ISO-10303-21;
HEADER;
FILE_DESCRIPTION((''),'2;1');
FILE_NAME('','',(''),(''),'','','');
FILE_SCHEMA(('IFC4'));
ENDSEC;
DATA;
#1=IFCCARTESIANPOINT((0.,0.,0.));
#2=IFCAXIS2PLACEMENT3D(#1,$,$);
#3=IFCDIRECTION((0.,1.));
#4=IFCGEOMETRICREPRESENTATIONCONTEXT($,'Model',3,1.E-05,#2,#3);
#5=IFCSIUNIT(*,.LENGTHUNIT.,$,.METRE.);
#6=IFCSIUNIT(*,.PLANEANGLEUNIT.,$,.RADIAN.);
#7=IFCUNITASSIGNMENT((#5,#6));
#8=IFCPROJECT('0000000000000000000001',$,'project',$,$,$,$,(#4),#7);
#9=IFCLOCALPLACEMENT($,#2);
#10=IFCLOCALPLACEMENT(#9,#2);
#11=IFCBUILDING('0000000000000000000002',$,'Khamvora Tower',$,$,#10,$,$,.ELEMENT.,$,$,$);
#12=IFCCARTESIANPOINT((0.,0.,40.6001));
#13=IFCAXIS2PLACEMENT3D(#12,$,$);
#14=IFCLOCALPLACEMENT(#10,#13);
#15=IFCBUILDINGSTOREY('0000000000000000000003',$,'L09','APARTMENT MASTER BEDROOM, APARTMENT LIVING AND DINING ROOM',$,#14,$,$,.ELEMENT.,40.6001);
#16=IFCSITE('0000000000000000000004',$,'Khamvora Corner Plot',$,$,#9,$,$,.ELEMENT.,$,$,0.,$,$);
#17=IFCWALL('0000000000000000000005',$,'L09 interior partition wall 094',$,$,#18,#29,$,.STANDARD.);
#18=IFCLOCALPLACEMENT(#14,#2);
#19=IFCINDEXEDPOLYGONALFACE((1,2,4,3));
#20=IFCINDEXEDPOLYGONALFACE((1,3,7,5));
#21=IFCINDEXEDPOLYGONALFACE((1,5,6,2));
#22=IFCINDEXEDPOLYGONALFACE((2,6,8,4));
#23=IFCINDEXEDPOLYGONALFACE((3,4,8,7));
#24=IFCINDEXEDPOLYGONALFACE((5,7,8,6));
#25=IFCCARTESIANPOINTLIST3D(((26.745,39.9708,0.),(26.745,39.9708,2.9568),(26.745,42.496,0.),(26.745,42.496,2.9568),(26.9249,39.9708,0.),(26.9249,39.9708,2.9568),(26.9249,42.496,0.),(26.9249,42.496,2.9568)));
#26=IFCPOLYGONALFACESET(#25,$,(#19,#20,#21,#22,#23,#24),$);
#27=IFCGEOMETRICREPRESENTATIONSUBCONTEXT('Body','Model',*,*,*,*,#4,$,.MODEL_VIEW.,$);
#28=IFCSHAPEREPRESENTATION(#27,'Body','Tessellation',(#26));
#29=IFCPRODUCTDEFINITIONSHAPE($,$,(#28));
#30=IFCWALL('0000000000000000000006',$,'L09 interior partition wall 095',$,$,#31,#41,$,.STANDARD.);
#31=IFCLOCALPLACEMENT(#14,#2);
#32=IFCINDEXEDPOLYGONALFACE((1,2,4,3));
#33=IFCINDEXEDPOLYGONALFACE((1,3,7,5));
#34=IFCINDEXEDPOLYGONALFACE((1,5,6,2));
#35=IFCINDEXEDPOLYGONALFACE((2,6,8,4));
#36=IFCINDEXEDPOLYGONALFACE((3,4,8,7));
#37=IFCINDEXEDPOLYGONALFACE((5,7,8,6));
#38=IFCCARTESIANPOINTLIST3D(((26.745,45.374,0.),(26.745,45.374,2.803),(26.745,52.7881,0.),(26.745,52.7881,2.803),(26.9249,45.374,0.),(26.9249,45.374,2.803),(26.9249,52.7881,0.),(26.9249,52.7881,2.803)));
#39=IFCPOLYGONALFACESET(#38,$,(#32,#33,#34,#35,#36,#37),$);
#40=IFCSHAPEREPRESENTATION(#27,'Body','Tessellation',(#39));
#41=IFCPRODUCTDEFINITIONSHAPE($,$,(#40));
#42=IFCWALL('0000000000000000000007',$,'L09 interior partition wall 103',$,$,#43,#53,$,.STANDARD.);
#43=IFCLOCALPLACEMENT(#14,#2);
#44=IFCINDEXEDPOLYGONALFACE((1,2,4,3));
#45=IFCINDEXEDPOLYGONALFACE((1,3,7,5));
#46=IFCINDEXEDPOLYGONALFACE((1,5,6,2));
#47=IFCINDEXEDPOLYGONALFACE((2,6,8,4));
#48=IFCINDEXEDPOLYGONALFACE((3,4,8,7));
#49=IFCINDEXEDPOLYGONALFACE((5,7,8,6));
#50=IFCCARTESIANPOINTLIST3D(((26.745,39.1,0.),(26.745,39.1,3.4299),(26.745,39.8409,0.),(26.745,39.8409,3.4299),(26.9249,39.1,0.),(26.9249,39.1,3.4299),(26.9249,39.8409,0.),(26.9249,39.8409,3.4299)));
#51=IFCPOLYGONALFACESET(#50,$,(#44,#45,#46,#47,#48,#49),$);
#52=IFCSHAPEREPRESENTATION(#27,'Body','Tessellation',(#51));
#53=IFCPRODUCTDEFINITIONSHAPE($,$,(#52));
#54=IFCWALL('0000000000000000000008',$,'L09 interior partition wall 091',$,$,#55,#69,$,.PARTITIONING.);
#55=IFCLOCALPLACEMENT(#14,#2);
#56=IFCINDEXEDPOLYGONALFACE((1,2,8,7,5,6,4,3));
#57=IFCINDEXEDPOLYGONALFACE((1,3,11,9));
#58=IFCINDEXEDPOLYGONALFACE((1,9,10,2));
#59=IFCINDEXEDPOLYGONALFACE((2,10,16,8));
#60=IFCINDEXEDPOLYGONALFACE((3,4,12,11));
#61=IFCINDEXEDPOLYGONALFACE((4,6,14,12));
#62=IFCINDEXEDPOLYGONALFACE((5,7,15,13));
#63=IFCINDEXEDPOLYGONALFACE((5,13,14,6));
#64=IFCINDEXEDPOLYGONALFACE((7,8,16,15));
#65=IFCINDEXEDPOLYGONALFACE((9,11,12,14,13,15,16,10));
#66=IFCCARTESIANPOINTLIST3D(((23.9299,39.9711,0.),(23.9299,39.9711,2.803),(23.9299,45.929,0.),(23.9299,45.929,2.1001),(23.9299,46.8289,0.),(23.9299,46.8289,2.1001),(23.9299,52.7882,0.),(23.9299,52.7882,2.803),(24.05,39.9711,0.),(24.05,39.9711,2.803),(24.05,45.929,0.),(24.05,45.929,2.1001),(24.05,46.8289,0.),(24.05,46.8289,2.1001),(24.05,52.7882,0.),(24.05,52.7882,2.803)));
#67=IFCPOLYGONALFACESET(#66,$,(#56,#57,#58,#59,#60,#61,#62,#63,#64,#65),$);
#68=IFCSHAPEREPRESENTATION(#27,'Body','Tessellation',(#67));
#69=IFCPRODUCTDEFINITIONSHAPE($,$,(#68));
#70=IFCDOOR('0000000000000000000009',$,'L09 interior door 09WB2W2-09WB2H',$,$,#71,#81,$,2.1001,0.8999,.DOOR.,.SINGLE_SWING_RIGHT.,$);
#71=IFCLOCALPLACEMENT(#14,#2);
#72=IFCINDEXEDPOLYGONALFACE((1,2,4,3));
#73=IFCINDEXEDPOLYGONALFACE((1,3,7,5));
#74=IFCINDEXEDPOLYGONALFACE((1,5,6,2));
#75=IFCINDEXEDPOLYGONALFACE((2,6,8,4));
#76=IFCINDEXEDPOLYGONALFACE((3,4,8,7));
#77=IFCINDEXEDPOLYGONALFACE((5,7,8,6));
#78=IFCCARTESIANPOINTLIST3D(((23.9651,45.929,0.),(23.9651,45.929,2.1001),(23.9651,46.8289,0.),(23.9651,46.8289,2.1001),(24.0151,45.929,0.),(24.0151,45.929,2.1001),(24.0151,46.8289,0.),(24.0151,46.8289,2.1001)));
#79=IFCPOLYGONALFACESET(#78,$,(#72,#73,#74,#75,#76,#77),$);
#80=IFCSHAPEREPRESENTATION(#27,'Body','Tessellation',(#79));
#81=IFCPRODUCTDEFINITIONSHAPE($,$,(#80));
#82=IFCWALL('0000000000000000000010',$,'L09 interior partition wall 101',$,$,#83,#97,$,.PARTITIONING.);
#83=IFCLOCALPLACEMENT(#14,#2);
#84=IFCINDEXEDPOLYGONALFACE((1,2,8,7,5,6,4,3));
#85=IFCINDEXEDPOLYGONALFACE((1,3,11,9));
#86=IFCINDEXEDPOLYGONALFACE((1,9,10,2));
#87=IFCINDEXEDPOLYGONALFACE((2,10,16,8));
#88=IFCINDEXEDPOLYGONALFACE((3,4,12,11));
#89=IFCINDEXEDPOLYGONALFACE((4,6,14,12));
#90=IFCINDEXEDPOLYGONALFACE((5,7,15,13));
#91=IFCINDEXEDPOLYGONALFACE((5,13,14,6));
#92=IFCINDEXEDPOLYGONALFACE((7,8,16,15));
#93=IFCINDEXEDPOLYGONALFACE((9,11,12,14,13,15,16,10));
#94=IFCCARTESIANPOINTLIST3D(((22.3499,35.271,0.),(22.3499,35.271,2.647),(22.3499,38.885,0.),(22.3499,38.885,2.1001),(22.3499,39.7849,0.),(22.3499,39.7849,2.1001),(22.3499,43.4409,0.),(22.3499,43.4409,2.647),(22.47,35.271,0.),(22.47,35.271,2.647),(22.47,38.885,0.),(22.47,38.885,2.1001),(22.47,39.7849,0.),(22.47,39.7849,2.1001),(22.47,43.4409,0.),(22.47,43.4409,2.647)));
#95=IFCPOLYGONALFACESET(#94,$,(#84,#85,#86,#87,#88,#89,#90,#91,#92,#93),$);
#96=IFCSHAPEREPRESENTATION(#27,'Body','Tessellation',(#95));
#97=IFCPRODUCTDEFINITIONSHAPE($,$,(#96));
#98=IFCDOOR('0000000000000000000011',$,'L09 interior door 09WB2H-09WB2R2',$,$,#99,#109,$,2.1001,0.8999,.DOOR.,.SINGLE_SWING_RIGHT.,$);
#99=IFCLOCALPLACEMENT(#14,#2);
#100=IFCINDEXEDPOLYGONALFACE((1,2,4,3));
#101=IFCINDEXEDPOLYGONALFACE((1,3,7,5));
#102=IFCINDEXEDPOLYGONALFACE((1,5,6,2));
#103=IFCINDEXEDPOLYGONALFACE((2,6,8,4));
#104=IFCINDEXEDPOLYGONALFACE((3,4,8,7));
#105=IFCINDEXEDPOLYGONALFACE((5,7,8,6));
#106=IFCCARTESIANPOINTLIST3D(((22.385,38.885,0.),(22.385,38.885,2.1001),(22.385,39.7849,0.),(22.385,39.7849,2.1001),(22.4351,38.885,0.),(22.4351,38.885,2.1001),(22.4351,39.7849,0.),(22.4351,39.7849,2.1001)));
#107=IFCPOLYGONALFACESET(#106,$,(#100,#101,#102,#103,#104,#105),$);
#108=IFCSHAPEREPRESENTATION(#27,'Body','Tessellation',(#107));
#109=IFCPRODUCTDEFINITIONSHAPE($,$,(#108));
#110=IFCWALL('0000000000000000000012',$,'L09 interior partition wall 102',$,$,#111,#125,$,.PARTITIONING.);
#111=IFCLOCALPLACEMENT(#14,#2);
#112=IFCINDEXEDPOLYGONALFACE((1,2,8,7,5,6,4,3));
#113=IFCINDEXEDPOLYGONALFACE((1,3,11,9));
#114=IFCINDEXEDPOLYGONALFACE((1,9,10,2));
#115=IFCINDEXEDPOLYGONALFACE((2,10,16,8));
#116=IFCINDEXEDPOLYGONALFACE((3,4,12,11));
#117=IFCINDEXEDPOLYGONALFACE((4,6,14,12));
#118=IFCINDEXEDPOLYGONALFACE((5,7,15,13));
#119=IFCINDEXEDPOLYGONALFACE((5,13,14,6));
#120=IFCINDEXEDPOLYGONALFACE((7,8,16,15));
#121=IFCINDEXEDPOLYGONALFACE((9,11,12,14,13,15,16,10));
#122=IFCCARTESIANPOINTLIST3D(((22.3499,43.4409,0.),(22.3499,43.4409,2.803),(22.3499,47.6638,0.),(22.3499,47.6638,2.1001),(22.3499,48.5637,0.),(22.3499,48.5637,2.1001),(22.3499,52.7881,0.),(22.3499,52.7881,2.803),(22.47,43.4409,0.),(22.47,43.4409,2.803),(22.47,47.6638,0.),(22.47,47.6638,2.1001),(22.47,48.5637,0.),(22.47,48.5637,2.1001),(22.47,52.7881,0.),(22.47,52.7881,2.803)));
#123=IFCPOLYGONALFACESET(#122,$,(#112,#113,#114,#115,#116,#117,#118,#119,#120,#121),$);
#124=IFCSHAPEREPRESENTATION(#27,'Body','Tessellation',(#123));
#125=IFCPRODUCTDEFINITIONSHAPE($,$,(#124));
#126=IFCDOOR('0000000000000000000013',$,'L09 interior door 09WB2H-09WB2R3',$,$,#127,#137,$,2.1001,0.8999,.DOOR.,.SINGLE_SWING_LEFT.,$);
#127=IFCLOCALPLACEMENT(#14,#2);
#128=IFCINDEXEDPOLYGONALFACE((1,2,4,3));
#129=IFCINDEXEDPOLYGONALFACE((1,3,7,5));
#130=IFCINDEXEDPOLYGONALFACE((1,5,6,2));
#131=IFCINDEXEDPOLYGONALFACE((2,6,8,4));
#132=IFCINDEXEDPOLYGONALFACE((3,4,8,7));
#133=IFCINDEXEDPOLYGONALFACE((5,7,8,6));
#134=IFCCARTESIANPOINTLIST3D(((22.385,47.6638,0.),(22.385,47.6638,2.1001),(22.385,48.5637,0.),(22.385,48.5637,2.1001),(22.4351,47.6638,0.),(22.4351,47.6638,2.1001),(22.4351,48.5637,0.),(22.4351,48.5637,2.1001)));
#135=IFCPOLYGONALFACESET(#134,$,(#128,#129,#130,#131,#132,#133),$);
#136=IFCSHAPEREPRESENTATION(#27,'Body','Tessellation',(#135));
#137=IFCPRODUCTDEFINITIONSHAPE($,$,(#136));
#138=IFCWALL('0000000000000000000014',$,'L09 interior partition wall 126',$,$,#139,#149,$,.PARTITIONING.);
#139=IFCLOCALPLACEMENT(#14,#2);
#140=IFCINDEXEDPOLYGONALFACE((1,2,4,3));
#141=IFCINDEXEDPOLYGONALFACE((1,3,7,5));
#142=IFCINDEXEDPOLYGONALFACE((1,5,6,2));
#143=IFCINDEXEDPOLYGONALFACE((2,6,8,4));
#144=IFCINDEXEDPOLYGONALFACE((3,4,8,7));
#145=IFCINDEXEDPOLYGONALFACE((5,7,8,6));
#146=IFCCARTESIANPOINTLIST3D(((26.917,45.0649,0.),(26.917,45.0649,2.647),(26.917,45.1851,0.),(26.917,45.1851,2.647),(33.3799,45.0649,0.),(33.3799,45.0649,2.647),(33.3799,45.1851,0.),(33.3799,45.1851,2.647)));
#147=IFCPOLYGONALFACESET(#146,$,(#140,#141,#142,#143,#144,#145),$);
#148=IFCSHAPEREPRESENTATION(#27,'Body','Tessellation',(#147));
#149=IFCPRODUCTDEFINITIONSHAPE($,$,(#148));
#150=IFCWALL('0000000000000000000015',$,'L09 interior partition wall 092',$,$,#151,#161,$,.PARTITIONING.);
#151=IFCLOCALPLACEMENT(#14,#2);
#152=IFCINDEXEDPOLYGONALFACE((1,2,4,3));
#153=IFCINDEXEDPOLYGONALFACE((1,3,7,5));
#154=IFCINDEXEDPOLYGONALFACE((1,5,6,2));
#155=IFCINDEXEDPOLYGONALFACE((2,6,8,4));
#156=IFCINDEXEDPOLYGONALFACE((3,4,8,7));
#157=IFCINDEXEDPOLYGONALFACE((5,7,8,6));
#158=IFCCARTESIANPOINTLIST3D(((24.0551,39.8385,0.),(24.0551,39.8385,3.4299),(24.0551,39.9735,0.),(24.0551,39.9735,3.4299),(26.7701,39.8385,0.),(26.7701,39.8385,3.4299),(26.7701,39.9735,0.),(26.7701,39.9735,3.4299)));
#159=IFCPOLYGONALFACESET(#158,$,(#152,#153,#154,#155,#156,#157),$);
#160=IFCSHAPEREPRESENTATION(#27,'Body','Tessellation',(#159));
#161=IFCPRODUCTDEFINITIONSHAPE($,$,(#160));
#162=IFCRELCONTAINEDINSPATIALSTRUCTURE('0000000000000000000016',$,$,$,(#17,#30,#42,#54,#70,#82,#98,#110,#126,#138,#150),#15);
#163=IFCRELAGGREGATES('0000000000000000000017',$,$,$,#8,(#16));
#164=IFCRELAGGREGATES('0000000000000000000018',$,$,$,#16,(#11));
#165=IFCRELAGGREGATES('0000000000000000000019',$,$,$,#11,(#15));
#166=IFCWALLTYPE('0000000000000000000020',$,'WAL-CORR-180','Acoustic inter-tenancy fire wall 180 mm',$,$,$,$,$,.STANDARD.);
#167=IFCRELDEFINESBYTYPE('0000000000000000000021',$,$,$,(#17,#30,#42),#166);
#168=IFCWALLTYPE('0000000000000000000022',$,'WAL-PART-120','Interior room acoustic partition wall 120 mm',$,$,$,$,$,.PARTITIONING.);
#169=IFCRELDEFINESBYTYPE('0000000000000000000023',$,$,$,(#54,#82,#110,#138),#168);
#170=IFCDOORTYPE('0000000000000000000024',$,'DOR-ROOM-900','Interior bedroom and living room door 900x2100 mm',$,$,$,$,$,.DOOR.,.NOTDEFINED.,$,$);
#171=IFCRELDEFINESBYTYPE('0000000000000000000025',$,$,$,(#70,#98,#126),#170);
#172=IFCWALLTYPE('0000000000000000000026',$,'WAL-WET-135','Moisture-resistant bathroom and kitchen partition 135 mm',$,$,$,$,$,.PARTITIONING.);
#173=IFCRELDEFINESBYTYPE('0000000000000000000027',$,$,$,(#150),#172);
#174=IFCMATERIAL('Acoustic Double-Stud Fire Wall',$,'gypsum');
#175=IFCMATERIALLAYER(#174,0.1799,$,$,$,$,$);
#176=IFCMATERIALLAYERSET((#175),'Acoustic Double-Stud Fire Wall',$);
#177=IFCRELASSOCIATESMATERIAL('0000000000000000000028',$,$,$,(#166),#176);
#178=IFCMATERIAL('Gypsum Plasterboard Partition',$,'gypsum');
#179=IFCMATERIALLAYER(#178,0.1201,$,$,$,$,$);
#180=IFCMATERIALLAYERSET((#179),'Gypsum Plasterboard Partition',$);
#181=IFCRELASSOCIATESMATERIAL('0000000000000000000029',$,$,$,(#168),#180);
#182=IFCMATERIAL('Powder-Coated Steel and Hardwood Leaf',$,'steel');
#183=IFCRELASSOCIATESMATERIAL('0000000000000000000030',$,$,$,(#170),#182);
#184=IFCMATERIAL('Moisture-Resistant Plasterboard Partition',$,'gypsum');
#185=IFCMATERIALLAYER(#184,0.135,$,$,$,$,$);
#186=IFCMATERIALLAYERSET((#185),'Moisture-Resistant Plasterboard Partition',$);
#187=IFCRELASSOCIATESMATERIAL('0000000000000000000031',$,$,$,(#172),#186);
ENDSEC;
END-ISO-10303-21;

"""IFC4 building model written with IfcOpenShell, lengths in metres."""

from ifc_helpers import new_model, si_unit, direction, frame, frame_2d, origin, place, context, subcontext, project, spatial, rectangle, extrude, material, layer, layer_set, type_object, element, fill, save


model = new_model("IFC4")

# Units and contexts
model_context = context("Model", 3, precision=1e-05, world=origin(), true_north=direction((0.0, 1.0)))
body_context = subcontext(model_context, "Body", "Model", "MODEL_VIEW")
ifc_project = project(units=[si_unit("LENGTHUNIT", "METRE"), si_unit("PLANEANGLEUNIT", "RADIAN")], contexts=[model_context])

# Site, building, storey
site_placement = place(None, origin())
site = spatial("IfcSite", under=ifc_project, at=site_placement, Name="Khamvora Corner Plot", CompositionType="ELEMENT", RefElevation=0.0)
building_placement = place(site_placement, origin())
building = spatial("IfcBuilding", under=site, at=building_placement, Name="Khamvora Tower", CompositionType="ELEMENT")
storey_placement = place(building_placement, frame((0.0, 0.0, 40.6001)))
storey = spatial("IfcBuildingStorey", under=building, at=storey_placement, Name="L09", Description="APARTMENT MASTER BEDROOM, APARTMENT LIVING AND DINING ROOM", CompositionType="ELEMENT", Elevation=40.6001)

# Shared definitions
ifc_material_1 = material(Name="Powder-Coated Steel and Hardwood Leaf", Category="steel")

# Walls
ifc_material_2 = material(Name="Acoustic Double-Stud Fire Wall", Category="gypsum")
ifc_layer_1 = layer(ifc_material_2, 0.1799)
ifc_layer_set_1 = layer_set([ifc_layer_1], Name="Acoustic Double-Stud Fire Wall")
wall_type_1 = type_object("IfcWallType", Name="WAL-CORR-180", Description="Acoustic inter-tenancy fire wall 180 mm", PredefinedType="STANDARD", material=ifc_layer_set_1)
wall_1_placement = place(storey_placement, frame((26.835, 42.4961, 0.0), z_axis=(0.0, 0.0, 1.0), x_axis=(0.0, -1.0, 0.0)))
element("IfcWall", 1, at=wall_1_placement, inside=storey, type_object=wall_type_1, Name="L09 interior partition wall 094", PredefinedType="STANDARD", context=body_context, shape_type="SweptSolid", body=[
    extrude(rectangle(XDim=2.5251, YDim=0.1799, at=frame_2d((1.2627, 0.0))), origin(), (0.0, 0.0, 1.0), 2.9568),
])
wall_2_placement = place(storey_placement, frame((26.835, 52.7881, 0.0), z_axis=(0.0, 0.0, 1.0), x_axis=(0.0, -1.0, 0.0)))
element("IfcWall", 2, at=wall_2_placement, inside=storey, type_object=wall_type_1, Name="L09 interior partition wall 095", PredefinedType="STANDARD", context=body_context, shape_type="SweptSolid", body=[
    extrude(rectangle(XDim=7.4141, YDim=0.1799, at=frame_2d((3.707, 0.0))), origin(), (0.0, 0.0, 1.0), 2.803),
])
wall_3_placement = place(storey_placement, frame((26.835, 39.8411, 0.0), z_axis=(0.0, 0.0, 1.0), x_axis=(0.0, -1.0, 0.0)))
element("IfcWall", 3, at=wall_3_placement, inside=storey, type_object=wall_type_1, Name="L09 interior partition wall 103", PredefinedType="STANDARD", context=body_context, shape_type="SweptSolid", body=[
    extrude(rectangle(XDim=0.741, YDim=0.1799, at=frame_2d((0.3706, 0.0))), origin(), (0.0, 0.0, 1.0), 3.4299),
])

# Walls, openings, doors
ifc_material_3 = material(Name="Gypsum Plasterboard Partition", Category="gypsum")
ifc_layer_2 = layer(ifc_material_3, 0.1201)
ifc_layer_set_2 = layer_set([ifc_layer_2], Name="Gypsum Plasterboard Partition")
wall_type_2 = type_object("IfcWallType", Name="WAL-PART-120", Description="Interior room acoustic partition wall 120 mm", PredefinedType="PARTITIONING", material=ifc_layer_set_2)
wall_4_placement = place(storey_placement, frame((23.99, 39.9709, 0.0), z_axis=(0.0, 0.0, 1.0), x_axis=(0.0, 1.0, 0.0)))
wall_4 = element("IfcWall", 4, at=wall_4_placement, inside=storey, type_object=wall_type_2, Name="L09 interior partition wall 091", PredefinedType="PARTITIONING", context=body_context, shape_type="SweptSolid", body=[
    extrude(rectangle(XDim=12.8171, YDim=0.1201, at=frame_2d((6.4087, 0.0))), origin(), (0.0, 0.0, 1.0), 2.803),
])
opening_1_placement = place(wall_4_placement, frame((5.958, 0.0, 0.0)))
opening_1 = element("IfcOpeningElement", 5, at=opening_1_placement, cuts=wall_4, PredefinedType="OPENING", context=body_context, shape_type="SweptSolid", body=[
    extrude(rectangle(XDim=0.8999, YDim=2.1001, at=frame_2d((0.45, 1.05))), frame((0.0, 0.0701, 0.0), z_axis=(0.0, -1.0, 0.0), x_axis=(1.0, 0.0, 0.0)), (0.0, 0.0, 1.0), 0.1401),
])
door_type_1 = type_object("IfcDoorType", Name="DOR-ROOM-900", Description="Interior bedroom and living room door 900x2100 mm", OperationType="NOTDEFINED", PredefinedType="DOOR", material=ifc_material_1)
door_1_placement = place(opening_1_placement, origin())
door_1 = element("IfcDoor", 6, at=door_1_placement, inside=storey, type_object=door_type_1, Name="L09 interior door 09WB2W2-09WB2H", OperationType="SINGLE_SWING_RIGHT", OverallHeight=2.1001, OverallWidth=0.8999, PredefinedType="DOOR", context=body_context, shape_type="SweptSolid", body=[
    extrude(rectangle(XDim=0.8999, YDim=2.1001, at=frame_2d((0.45, 1.05))), frame((0.0, 0.0249, 0.0), z_axis=(0.0, -1.0, 0.0), x_axis=(1.0, 0.0, 0.0)), (0.0, 0.0, 1.0), 0.05),
])
fill(opening_1, door_1)
wall_5_placement = place(storey_placement, frame((22.4099, 35.271, 0.0), z_axis=(0.0, 0.0, 1.0), x_axis=(0.0, 1.0, 0.0)))
wall_5 = element("IfcWall", 7, at=wall_5_placement, inside=storey, type_object=wall_type_2, Name="L09 interior partition wall 101", PredefinedType="PARTITIONING", context=body_context, shape_type="SweptSolid", body=[
    extrude(rectangle(XDim=8.1699, YDim=0.1201, at=frame_2d((4.085, 0.0))), origin(), (0.0, 0.0, 1.0), 2.647),
])
opening_2_placement = place(wall_5_placement, frame((3.614, 0.0, 0.0)))
opening_2 = element("IfcOpeningElement", 8, at=opening_2_placement, cuts=wall_5, PredefinedType="OPENING", context=body_context, shape_type="SweptSolid", body=[
    extrude(rectangle(XDim=0.8999, YDim=2.1001, at=frame_2d((0.45, 1.05))), frame((0.0, 0.0701, 0.0), z_axis=(0.0, -1.0, 0.0), x_axis=(1.0, 0.0, 0.0)), (0.0, 0.0, 1.0), 0.1401),
])
door_2_placement = place(opening_2_placement, origin())
door_2 = element("IfcDoor", 9, at=door_2_placement, inside=storey, type_object=door_type_1, Name="L09 interior door 09WB2H-09WB2R2", OperationType="SINGLE_SWING_RIGHT", OverallHeight=2.1001, OverallWidth=0.8999, PredefinedType="DOOR", context=body_context, shape_type="SweptSolid", body=[
    extrude(rectangle(XDim=0.8999, YDim=2.1001, at=frame_2d((0.45, 1.05))), frame((0.0, 0.0249, 0.0), z_axis=(0.0, -1.0, 0.0), x_axis=(1.0, 0.0, 0.0)), (0.0, 0.0, 1.0), 0.05),
])
fill(opening_2, door_2)
wall_6_placement = place(storey_placement, frame((22.4099, 43.4409, 0.0), z_axis=(0.0, 0.0, 1.0), x_axis=(0.0, 1.0, 0.0)))
wall_6 = element("IfcWall", 10, at=wall_6_placement, inside=storey, type_object=wall_type_2, Name="L09 interior partition wall 102", PredefinedType="PARTITIONING", context=body_context, shape_type="SweptSolid", body=[
    extrude(rectangle(XDim=9.3472, YDim=0.1201, at=frame_2d((4.6736, 0.0))), origin(), (0.0, 0.0, 1.0), 2.803),
])
opening_3_placement = place(wall_6_placement, frame((4.2229, 0.0, 0.0)))
opening_3 = element("IfcOpeningElement", 11, at=opening_3_placement, cuts=wall_6, PredefinedType="OPENING", context=body_context, shape_type="SweptSolid", body=[
    extrude(rectangle(XDim=0.8999, YDim=2.1001, at=frame_2d((0.45, 1.05))), frame((0.0, 0.0701, 0.0), z_axis=(0.0, -1.0, 0.0), x_axis=(1.0, 0.0, 0.0)), (0.0, 0.0, 1.0), 0.1401),
])
door_3_placement = place(opening_3_placement, origin())
door_3 = element("IfcDoor", 12, at=door_3_placement, inside=storey, type_object=door_type_1, Name="L09 interior door 09WB2H-09WB2R3", OperationType="SINGLE_SWING_LEFT", OverallHeight=2.1001, OverallWidth=0.8999, PredefinedType="DOOR", context=body_context, shape_type="SweptSolid", body=[
    extrude(rectangle(XDim=0.8999, YDim=2.1001, at=frame_2d((0.45, 1.05))), frame((0.0, 0.0249, 0.0), z_axis=(0.0, -1.0, 0.0), x_axis=(1.0, 0.0, 0.0)), (0.0, 0.0, 1.0), 0.05),
])
fill(opening_3, door_3)

# Walls
wall_7_placement = place(storey_placement, frame((26.917, 45.125, 0.0), z_axis=(0.0, 0.0, 1.0), x_axis=(1.0, 0.0, 0.0)))
element("IfcWall", 13, at=wall_7_placement, inside=storey, type_object=wall_type_2, Name="L09 interior partition wall 126", PredefinedType="PARTITIONING", context=body_context, shape_type="SweptSolid", body=[
    extrude(rectangle(XDim=6.4629, YDim=0.1201, at=frame_2d((3.2314, 0.0))), origin(), (0.0, 0.0, 1.0), 2.647),
])
ifc_material_4 = material(Name="Moisture-Resistant Plasterboard Partition", Category="gypsum")
ifc_layer_3 = layer(ifc_material_4, 0.135)
ifc_layer_set_3 = layer_set([ifc_layer_3], Name="Moisture-Resistant Plasterboard Partition")
wall_type_3 = type_object("IfcWallType", Name="WAL-WET-135", Description="Moisture-resistant bathroom and kitchen partition 135 mm", PredefinedType="PARTITIONING", material=ifc_layer_set_3)
wall_8_placement = place(storey_placement, frame((26.77, 39.906, 0.0), z_axis=(0.0, 0.0, 1.0), x_axis=(-1.0, 0.0, 0.0)))
element("IfcWall", 14, at=wall_8_placement, inside=storey, type_object=wall_type_3, Name="L09 interior partition wall 092", PredefinedType="PARTITIONING", context=body_context, shape_type="SweptSolid", body=[
    extrude(rectangle(XDim=2.7151, YDim=0.135, at=frame_2d((1.3574, 0.0))), origin(), (0.0, 0.0, 1.0), 3.4299),
])

save(model, "model.ifc")
